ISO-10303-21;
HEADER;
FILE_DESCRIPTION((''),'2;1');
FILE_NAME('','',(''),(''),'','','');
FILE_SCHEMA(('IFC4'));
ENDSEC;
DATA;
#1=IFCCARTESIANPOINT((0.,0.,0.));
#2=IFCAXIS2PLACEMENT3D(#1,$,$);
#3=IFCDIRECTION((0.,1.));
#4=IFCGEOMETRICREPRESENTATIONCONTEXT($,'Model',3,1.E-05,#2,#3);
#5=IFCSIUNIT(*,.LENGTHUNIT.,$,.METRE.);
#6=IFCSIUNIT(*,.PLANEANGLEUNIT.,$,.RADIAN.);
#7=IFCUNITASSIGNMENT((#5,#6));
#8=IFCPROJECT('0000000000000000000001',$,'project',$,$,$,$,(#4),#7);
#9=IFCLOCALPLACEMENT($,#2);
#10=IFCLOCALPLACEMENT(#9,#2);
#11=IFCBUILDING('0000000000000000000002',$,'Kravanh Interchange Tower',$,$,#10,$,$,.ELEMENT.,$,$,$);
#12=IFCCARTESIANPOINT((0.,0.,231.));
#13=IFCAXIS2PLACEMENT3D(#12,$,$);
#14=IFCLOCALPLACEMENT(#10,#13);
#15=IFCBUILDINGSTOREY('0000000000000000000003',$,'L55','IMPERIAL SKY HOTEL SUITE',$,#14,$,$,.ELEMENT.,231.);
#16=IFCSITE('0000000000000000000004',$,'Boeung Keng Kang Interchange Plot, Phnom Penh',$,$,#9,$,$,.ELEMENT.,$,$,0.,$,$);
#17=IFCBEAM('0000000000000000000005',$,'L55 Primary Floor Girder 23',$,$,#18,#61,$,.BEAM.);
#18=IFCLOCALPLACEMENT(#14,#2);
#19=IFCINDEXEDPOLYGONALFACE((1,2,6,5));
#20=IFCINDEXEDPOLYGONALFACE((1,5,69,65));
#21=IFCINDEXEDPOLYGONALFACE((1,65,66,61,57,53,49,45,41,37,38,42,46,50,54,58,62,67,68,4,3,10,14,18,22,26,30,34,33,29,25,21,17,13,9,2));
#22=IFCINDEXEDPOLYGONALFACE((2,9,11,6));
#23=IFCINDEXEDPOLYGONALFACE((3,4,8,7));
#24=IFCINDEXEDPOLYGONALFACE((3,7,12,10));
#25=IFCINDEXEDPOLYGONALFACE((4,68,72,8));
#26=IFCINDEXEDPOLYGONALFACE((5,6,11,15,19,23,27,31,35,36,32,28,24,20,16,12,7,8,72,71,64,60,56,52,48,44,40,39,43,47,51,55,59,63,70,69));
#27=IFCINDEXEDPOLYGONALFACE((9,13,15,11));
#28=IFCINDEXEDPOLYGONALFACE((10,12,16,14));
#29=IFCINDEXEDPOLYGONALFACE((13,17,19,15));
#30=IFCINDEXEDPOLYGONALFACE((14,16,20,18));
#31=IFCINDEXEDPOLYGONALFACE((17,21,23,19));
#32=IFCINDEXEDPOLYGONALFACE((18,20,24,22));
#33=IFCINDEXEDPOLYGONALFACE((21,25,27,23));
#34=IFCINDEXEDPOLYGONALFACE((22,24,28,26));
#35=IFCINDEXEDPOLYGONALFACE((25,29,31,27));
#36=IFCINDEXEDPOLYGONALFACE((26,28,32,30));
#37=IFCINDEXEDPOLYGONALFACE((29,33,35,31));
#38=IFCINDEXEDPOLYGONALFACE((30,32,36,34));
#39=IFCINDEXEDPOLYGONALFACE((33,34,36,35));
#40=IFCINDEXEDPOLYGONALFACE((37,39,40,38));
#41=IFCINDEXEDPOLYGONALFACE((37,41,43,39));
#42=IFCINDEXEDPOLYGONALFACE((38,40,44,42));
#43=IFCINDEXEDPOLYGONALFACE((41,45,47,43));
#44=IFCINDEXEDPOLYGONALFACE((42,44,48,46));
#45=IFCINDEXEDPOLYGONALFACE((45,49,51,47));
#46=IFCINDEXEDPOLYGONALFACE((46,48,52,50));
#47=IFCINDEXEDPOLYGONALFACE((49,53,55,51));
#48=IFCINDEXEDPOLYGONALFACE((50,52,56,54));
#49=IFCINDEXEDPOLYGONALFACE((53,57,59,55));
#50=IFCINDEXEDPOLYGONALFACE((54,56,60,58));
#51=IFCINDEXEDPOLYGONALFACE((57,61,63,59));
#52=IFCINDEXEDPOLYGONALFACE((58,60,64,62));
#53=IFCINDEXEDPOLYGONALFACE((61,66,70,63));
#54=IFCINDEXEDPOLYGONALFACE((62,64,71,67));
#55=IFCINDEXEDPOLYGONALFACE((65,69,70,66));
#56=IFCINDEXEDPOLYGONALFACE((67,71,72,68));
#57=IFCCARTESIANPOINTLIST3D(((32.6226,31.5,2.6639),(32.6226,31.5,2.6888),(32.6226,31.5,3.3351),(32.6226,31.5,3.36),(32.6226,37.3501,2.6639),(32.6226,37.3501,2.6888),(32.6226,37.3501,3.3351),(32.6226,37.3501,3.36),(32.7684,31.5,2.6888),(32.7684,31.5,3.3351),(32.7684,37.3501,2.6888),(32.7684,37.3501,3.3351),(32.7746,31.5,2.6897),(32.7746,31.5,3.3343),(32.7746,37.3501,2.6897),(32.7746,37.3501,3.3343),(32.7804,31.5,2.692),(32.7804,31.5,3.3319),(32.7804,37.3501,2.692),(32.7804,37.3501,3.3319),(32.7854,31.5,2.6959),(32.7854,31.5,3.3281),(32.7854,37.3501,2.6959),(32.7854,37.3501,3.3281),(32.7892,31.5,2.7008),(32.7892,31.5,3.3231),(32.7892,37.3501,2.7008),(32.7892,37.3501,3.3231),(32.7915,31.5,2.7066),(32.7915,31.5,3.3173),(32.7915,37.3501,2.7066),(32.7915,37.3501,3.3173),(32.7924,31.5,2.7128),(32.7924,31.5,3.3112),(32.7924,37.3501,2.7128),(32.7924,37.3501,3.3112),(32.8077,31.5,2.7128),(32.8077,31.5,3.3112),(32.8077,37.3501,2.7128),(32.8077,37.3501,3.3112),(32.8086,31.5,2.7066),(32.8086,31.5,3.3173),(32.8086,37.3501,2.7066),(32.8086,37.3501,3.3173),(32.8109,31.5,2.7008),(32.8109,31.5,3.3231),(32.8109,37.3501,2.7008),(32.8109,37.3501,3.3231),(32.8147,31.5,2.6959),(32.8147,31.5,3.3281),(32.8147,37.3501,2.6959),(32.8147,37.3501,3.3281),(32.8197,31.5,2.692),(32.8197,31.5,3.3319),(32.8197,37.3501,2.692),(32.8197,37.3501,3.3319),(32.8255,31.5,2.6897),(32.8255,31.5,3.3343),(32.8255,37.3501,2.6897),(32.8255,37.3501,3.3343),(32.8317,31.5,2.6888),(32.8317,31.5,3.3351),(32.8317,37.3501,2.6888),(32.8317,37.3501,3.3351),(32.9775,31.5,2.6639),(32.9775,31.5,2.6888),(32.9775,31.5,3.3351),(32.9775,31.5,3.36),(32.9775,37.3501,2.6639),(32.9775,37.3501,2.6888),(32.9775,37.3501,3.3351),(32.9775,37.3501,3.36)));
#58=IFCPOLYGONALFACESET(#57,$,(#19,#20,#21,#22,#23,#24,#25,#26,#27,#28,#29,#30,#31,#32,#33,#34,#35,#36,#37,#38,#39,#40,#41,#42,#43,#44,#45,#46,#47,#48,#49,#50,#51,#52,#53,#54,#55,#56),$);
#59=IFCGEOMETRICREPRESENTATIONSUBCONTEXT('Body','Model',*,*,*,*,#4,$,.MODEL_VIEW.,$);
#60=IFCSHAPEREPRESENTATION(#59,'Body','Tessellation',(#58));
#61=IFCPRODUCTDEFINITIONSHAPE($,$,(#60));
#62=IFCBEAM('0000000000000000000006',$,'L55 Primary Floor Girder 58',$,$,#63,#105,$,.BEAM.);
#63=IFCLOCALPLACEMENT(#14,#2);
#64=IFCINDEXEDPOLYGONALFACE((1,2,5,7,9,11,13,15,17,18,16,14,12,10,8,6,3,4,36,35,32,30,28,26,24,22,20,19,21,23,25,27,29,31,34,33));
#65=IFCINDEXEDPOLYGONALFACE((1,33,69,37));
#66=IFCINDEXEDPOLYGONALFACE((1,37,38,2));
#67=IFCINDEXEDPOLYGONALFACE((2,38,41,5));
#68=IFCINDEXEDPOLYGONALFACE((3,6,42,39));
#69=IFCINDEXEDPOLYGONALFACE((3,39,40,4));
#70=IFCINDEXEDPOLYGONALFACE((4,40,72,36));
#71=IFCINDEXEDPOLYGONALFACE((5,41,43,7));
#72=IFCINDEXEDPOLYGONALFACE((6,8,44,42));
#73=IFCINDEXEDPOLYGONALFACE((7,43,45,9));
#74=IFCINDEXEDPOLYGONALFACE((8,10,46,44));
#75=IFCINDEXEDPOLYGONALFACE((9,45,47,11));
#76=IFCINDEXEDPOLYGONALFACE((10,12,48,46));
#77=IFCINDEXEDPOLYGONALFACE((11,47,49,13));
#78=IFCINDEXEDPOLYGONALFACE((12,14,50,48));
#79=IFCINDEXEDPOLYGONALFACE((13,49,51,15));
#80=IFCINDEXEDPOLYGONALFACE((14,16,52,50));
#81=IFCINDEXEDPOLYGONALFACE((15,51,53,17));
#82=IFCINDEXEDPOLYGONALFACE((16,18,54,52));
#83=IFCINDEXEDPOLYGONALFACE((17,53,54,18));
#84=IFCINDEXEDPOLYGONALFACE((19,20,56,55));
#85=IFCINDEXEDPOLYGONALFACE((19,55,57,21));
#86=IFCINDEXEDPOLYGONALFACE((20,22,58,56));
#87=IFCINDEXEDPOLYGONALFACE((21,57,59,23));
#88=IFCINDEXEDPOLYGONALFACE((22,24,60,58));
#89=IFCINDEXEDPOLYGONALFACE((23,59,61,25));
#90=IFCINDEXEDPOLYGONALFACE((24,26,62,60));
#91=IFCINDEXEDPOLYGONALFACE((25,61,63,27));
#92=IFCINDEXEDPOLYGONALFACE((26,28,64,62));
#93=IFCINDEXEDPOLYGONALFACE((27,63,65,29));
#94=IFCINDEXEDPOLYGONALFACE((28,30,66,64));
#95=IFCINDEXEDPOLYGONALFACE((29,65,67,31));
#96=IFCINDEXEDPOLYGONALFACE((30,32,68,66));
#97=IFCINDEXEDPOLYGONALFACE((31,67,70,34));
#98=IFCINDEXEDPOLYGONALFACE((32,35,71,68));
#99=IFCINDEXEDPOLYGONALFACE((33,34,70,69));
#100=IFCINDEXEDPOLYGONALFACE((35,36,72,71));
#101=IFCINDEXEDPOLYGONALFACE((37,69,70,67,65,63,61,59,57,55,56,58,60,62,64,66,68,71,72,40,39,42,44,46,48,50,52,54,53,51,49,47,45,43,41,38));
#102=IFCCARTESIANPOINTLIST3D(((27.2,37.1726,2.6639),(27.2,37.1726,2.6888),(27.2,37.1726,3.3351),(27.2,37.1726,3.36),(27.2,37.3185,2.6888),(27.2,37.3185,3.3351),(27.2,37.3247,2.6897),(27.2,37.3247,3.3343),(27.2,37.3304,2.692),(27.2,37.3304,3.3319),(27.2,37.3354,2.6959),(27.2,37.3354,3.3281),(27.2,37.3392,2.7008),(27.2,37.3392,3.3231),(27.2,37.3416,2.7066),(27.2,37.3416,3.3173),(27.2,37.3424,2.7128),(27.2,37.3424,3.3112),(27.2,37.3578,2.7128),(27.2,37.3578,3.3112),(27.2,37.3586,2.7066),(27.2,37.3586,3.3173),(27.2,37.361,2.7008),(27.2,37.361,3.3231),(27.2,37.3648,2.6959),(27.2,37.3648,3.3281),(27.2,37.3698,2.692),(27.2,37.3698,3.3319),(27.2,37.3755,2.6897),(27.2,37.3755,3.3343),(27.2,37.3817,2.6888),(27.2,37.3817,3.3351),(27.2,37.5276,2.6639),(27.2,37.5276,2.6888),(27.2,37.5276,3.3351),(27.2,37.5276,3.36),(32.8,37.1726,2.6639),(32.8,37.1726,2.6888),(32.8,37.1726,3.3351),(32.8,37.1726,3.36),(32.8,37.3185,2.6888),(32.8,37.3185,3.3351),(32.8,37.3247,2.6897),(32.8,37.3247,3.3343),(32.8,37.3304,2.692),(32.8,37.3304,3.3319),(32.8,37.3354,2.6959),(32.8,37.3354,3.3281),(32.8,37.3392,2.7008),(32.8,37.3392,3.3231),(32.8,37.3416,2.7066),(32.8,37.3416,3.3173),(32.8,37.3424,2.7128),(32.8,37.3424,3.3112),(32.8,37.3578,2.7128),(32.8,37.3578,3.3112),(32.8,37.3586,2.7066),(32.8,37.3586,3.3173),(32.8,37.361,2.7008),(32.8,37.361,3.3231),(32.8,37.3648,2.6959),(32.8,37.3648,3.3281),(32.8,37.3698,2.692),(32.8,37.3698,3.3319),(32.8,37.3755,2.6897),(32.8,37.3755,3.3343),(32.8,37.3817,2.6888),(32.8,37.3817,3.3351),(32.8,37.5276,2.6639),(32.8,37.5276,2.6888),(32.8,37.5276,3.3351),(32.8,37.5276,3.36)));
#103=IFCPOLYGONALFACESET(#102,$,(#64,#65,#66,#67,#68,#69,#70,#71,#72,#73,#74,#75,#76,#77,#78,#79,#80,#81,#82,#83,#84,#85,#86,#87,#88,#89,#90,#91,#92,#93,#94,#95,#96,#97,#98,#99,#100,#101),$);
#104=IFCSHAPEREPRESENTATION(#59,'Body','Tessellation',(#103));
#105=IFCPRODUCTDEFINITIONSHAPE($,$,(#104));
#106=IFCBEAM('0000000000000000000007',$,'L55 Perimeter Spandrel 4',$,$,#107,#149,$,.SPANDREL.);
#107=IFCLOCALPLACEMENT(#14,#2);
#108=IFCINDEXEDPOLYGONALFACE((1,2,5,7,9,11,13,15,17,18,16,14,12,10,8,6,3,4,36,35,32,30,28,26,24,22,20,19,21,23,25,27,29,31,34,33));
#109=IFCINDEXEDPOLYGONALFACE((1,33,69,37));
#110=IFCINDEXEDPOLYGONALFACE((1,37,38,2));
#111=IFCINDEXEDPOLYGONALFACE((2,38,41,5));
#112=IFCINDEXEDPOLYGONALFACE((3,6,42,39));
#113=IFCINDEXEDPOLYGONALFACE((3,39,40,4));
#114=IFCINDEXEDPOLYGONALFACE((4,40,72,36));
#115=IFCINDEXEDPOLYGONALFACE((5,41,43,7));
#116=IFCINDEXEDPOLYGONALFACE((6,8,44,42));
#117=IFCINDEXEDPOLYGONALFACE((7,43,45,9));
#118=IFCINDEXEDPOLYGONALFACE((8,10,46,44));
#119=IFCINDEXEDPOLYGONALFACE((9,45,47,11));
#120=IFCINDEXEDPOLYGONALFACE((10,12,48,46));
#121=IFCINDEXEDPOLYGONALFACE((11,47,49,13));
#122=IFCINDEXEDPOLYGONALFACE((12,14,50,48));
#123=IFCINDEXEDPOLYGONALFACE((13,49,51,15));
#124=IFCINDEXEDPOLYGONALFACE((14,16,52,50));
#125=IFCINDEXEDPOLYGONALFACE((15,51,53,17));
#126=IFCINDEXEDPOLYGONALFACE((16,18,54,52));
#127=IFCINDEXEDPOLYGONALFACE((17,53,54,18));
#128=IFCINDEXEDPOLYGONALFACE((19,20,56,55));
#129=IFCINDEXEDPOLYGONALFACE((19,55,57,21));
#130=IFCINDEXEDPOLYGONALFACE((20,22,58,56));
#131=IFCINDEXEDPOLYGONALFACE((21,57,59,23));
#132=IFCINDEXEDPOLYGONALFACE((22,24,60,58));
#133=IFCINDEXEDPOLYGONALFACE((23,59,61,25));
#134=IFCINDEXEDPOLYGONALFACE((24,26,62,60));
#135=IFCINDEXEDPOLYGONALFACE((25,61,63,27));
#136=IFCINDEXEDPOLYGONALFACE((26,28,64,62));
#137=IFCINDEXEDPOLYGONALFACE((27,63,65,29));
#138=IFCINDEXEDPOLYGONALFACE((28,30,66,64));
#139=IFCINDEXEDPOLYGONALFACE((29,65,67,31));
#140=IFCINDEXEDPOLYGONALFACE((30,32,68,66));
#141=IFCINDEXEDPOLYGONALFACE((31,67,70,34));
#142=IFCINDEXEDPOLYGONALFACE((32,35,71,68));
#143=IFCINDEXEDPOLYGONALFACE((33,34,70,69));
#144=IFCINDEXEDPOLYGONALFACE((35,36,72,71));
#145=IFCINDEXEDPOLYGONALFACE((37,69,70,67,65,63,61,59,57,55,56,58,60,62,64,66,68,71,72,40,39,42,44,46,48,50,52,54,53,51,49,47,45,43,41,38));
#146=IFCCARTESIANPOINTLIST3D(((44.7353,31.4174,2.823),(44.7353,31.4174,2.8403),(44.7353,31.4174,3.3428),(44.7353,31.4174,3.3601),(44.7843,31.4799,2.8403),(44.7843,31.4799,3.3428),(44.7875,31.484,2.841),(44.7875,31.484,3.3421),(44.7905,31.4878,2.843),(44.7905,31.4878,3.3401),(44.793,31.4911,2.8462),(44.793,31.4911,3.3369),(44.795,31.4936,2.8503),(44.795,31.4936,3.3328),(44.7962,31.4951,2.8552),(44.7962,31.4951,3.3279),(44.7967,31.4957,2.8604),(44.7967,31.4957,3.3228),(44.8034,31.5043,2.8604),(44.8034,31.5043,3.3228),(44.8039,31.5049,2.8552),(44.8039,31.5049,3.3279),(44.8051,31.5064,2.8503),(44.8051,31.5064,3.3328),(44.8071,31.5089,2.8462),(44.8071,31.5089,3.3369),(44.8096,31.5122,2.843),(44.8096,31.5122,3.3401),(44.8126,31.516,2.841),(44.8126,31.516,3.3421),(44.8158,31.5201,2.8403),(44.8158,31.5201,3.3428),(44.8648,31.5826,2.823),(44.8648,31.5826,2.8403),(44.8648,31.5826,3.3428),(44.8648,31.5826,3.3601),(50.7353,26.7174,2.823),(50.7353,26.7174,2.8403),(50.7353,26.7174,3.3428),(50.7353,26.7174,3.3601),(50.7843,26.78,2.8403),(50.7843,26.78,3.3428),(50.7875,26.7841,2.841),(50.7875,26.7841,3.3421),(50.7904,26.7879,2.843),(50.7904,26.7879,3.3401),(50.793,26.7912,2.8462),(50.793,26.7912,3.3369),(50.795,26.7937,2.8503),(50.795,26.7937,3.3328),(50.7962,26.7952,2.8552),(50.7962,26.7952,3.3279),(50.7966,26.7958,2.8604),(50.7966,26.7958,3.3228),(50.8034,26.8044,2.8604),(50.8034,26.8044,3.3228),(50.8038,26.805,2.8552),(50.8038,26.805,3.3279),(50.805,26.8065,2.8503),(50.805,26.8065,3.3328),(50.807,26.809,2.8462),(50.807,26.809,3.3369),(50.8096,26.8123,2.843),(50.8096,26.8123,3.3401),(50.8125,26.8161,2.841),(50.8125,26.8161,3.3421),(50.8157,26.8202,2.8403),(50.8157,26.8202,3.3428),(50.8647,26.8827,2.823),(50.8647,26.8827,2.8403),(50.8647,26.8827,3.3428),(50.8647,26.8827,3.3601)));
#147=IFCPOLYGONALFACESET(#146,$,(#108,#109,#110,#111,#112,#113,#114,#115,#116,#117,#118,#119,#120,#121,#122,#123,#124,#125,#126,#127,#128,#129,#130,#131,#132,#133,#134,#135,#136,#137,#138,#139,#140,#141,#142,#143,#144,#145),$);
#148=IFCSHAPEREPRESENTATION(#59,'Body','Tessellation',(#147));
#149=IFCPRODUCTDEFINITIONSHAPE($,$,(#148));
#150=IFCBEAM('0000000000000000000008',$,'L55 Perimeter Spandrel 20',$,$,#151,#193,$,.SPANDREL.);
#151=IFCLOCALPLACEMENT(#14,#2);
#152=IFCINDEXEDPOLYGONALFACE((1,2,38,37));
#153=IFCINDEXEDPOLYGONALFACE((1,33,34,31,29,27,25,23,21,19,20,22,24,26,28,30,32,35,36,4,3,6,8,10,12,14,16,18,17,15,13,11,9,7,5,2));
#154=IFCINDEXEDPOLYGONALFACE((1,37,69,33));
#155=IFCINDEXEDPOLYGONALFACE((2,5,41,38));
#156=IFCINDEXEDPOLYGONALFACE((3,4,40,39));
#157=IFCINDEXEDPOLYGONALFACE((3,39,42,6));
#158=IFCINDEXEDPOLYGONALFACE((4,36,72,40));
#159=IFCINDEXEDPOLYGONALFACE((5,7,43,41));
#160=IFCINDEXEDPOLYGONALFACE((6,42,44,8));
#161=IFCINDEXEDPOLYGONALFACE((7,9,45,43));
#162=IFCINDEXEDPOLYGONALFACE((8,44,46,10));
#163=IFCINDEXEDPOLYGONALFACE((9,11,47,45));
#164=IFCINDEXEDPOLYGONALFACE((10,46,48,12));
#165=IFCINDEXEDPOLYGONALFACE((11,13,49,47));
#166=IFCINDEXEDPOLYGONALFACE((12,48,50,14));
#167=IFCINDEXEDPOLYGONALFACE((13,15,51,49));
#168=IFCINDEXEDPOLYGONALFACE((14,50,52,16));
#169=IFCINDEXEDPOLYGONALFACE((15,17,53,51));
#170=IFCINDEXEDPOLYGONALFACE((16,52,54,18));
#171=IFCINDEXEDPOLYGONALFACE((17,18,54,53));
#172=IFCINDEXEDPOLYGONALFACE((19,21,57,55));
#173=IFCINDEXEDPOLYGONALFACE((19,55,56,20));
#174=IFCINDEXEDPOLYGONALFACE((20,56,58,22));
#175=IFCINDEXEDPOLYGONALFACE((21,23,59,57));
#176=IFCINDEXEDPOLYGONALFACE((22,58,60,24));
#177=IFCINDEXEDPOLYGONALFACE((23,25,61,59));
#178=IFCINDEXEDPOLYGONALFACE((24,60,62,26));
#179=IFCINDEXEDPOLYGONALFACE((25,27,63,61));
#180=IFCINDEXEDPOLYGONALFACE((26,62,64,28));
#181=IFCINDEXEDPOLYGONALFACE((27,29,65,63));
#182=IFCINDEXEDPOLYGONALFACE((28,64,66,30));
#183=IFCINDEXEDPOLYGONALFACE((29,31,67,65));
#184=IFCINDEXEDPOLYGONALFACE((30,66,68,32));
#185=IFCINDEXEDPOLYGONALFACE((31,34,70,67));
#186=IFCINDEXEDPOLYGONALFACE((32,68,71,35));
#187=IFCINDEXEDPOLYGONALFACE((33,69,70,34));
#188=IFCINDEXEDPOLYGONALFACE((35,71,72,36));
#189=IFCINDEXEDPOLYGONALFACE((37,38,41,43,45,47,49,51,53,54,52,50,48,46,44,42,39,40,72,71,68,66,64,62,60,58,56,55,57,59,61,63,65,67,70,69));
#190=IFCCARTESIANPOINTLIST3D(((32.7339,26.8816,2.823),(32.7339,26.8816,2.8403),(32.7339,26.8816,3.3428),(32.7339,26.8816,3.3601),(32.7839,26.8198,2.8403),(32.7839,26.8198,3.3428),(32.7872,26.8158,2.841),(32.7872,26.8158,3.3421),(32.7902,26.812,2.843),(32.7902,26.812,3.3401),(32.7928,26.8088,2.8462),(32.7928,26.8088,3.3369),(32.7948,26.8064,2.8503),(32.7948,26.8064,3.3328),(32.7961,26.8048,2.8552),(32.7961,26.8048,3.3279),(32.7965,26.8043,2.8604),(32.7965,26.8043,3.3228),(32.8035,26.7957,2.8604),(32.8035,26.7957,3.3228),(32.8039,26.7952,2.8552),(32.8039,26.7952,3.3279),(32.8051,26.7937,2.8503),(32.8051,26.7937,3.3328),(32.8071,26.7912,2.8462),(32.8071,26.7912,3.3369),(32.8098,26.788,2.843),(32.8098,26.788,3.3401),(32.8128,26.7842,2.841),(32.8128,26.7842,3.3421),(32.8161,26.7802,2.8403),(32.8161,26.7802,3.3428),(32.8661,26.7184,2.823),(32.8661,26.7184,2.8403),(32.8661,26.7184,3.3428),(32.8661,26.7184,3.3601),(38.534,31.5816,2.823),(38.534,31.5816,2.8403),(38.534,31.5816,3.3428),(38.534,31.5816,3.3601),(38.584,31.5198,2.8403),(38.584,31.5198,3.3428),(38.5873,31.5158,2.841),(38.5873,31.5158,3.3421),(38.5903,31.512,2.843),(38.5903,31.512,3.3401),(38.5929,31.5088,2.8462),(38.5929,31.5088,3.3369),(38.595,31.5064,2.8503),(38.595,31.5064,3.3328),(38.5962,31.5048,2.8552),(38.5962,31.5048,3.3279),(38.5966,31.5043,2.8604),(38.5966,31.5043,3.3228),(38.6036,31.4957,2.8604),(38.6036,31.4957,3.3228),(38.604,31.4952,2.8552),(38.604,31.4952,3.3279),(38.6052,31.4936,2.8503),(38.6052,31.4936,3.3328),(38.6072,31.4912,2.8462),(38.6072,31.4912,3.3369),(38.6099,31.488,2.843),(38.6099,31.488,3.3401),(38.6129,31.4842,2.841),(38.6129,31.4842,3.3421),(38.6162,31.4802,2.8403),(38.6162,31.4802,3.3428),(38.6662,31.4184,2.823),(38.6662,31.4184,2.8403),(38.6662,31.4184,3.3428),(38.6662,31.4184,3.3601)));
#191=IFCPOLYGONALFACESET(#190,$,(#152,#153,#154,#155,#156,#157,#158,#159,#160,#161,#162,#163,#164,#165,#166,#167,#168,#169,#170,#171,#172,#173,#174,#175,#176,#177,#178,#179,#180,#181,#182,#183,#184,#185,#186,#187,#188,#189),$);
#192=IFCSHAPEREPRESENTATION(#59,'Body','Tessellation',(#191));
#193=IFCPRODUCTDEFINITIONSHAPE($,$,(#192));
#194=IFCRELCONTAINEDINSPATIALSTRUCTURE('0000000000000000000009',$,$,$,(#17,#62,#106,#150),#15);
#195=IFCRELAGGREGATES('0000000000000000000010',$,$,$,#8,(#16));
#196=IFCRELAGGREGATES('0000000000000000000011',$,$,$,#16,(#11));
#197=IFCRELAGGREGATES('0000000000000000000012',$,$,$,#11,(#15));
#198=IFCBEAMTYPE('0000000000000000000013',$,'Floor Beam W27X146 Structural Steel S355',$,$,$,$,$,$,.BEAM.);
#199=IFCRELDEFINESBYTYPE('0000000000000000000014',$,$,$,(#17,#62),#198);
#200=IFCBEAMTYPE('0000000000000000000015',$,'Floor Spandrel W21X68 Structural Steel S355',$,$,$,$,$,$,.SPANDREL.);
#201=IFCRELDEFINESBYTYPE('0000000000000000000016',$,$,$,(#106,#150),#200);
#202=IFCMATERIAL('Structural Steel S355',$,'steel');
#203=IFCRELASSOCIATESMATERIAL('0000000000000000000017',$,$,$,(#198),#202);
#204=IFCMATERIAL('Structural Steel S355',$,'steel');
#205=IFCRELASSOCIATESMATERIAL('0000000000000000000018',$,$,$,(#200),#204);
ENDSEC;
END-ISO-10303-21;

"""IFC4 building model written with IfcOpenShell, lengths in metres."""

from ifc_helpers import new_model, si_unit, direction, frame, origin, origin_2d, place, context, subcontext, project, spatial, i_section, extrude, material, material_profile, profile_set, type_object, element, save


model = new_model("IFC4")

# Units and contexts
model_context = context("Model", 3, precision=1e-05, world=origin(), true_north=direction((0.0, 1.0)))
body_context = subcontext(model_context, "Body", "Model", "MODEL_VIEW")
ifc_project = project(units=[si_unit("LENGTHUNIT", "METRE"), si_unit("PLANEANGLEUNIT", "RADIAN")], contexts=[model_context])

# Site, building, storey
site_placement = place(None, origin())
site = spatial("IfcSite", under=ifc_project, at=site_placement, Name="Boeung Keng Kang Interchange Plot, Phnom Penh", CompositionType="ELEMENT", RefElevation=0.0)
building_placement = place(site_placement, origin())
building = spatial("IfcBuilding", under=site, at=building_placement, Name="Kravanh Interchange Tower", CompositionType="ELEMENT")
storey_placement = place(building_placement, frame((0.0, 0.0, 231.0)))
storey = spatial("IfcBuildingStorey", under=building, at=storey_placement, Name="L55", Description="IMPERIAL SKY HOTEL SUITE", CompositionType="ELEMENT", Elevation=231.0)

# Beams
ifc_material_1 = material(Name="Structural Steel S355", Category="steel")
ifc_material_profile_1 = material_profile(ifc_material_1, i_section(OverallWidth=0.355, OverallDepth=0.696, WebThickness=0.0154, FlangeThickness=0.0249, FilletRadius=0.0239, at=origin_2d()), Name="W27X146")
ifc_profile_set_1 = profile_set([ifc_material_profile_1], Name="Structural Steel S355")
beam_type_1 = type_object("IfcBeamType", Name="Floor Beam W27X146 Structural Steel S355", PredefinedType="BEAM", material=ifc_profile_set_1)
for number, where, z_axis, x_axis, name in (
    (1, (32.8, 31.5, 3.012), (0.0, 1.0, 0.0), (-1.0, 0.0, 0.0), "L55 Primary Floor Girder 23"),
):
    element("IfcBeam", number, at=place(storey_placement, frame(where, z_axis=z_axis, x_axis=x_axis)), inside=storey, type_object=beam_type_1, Name=name, PredefinedType="BEAM", context=body_context, shape_type="SweptSolid", body=[
        extrude(i_section(OverallWidth=0.355, OverallDepth=0.696, WebThickness=0.0154, FlangeThickness=0.0249, FilletRadius=0.0239, at=origin_2d()), origin(), (0.0, 0.0, 1.0), 5.8501),
    ])
beam_1_placement = place(storey_placement, frame((32.8, 37.3501, 3.012), z_axis=(-1.0, 0.0, 0.0), x_axis=(0.0, -1.0, 0.0)))
element("IfcBeam", 2, at=beam_1_placement, inside=storey, type_object=beam_type_1, Name="L55 Primary Floor Girder 58", PredefinedType="BEAM", context=body_context, shape_type="SweptSolid", body=[
    extrude(i_section(OverallWidth=0.355, OverallDepth=0.696, WebThickness=0.0154, FlangeThickness=0.0249, FilletRadius=0.0239, at=origin_2d()), origin(), (0.0, 0.0, 1.0), 5.6001),
])
ifc_material_2 = material(Name="Structural Steel S355", Category="steel")
ifc_material_profile_2 = material_profile(ifc_material_2, i_section(OverallWidth=0.21, OverallDepth=0.5371, WebThickness=0.011, FlangeThickness=0.0173, FilletRadius=0.02, at=origin_2d()), Name="W21X68")
ifc_profile_set_2 = profile_set([ifc_material_profile_2], Name="Structural Steel S355")
beam_type_2 = type_object("IfcBeamType", Name="Floor Spandrel W21X68 Structural Steel S355", PredefinedType="SPANDREL", material=ifc_profile_set_2)
beam_2_placement = place(storey_placement, frame((44.8, 31.5, 3.0916), z_axis=(0.787231, -0.616658, 0.0), x_axis=(0.616658, 0.787231, 0.0)))
element("IfcBeam", 3, at=beam_2_placement, inside=storey, type_object=beam_type_2, Name="L55 Perimeter Spandrel 4", PredefinedType="SPANDREL", context=body_context, shape_type="SweptSolid", body=[
    extrude(i_section(OverallWidth=0.21, OverallDepth=0.5371, WebThickness=0.011, FlangeThickness=0.0173, FilletRadius=0.02, at=origin_2d()), origin(), (0.0, 0.0, 1.0), 7.6216),
])
beam_3_placement = place(storey_placement, frame((38.6001, 31.5, 3.0916), z_axis=(-0.776939, -0.629576, 0.0), x_axis=(0.629576, -0.776939, 0.0)))
element("IfcBeam", 4, at=beam_3_placement, inside=storey, type_object=beam_type_2, Name="L55 Perimeter Spandrel 20", PredefinedType="SPANDREL", context=body_context, shape_type="SweptSolid", body=[
    extrude(i_section(OverallWidth=0.21, OverallDepth=0.5371, WebThickness=0.011, FlangeThickness=0.0173, FilletRadius=0.02, at=origin_2d()), origin(), (0.0, 0.0, 1.0), 7.4653),
])

save(model, "model.ifc")
